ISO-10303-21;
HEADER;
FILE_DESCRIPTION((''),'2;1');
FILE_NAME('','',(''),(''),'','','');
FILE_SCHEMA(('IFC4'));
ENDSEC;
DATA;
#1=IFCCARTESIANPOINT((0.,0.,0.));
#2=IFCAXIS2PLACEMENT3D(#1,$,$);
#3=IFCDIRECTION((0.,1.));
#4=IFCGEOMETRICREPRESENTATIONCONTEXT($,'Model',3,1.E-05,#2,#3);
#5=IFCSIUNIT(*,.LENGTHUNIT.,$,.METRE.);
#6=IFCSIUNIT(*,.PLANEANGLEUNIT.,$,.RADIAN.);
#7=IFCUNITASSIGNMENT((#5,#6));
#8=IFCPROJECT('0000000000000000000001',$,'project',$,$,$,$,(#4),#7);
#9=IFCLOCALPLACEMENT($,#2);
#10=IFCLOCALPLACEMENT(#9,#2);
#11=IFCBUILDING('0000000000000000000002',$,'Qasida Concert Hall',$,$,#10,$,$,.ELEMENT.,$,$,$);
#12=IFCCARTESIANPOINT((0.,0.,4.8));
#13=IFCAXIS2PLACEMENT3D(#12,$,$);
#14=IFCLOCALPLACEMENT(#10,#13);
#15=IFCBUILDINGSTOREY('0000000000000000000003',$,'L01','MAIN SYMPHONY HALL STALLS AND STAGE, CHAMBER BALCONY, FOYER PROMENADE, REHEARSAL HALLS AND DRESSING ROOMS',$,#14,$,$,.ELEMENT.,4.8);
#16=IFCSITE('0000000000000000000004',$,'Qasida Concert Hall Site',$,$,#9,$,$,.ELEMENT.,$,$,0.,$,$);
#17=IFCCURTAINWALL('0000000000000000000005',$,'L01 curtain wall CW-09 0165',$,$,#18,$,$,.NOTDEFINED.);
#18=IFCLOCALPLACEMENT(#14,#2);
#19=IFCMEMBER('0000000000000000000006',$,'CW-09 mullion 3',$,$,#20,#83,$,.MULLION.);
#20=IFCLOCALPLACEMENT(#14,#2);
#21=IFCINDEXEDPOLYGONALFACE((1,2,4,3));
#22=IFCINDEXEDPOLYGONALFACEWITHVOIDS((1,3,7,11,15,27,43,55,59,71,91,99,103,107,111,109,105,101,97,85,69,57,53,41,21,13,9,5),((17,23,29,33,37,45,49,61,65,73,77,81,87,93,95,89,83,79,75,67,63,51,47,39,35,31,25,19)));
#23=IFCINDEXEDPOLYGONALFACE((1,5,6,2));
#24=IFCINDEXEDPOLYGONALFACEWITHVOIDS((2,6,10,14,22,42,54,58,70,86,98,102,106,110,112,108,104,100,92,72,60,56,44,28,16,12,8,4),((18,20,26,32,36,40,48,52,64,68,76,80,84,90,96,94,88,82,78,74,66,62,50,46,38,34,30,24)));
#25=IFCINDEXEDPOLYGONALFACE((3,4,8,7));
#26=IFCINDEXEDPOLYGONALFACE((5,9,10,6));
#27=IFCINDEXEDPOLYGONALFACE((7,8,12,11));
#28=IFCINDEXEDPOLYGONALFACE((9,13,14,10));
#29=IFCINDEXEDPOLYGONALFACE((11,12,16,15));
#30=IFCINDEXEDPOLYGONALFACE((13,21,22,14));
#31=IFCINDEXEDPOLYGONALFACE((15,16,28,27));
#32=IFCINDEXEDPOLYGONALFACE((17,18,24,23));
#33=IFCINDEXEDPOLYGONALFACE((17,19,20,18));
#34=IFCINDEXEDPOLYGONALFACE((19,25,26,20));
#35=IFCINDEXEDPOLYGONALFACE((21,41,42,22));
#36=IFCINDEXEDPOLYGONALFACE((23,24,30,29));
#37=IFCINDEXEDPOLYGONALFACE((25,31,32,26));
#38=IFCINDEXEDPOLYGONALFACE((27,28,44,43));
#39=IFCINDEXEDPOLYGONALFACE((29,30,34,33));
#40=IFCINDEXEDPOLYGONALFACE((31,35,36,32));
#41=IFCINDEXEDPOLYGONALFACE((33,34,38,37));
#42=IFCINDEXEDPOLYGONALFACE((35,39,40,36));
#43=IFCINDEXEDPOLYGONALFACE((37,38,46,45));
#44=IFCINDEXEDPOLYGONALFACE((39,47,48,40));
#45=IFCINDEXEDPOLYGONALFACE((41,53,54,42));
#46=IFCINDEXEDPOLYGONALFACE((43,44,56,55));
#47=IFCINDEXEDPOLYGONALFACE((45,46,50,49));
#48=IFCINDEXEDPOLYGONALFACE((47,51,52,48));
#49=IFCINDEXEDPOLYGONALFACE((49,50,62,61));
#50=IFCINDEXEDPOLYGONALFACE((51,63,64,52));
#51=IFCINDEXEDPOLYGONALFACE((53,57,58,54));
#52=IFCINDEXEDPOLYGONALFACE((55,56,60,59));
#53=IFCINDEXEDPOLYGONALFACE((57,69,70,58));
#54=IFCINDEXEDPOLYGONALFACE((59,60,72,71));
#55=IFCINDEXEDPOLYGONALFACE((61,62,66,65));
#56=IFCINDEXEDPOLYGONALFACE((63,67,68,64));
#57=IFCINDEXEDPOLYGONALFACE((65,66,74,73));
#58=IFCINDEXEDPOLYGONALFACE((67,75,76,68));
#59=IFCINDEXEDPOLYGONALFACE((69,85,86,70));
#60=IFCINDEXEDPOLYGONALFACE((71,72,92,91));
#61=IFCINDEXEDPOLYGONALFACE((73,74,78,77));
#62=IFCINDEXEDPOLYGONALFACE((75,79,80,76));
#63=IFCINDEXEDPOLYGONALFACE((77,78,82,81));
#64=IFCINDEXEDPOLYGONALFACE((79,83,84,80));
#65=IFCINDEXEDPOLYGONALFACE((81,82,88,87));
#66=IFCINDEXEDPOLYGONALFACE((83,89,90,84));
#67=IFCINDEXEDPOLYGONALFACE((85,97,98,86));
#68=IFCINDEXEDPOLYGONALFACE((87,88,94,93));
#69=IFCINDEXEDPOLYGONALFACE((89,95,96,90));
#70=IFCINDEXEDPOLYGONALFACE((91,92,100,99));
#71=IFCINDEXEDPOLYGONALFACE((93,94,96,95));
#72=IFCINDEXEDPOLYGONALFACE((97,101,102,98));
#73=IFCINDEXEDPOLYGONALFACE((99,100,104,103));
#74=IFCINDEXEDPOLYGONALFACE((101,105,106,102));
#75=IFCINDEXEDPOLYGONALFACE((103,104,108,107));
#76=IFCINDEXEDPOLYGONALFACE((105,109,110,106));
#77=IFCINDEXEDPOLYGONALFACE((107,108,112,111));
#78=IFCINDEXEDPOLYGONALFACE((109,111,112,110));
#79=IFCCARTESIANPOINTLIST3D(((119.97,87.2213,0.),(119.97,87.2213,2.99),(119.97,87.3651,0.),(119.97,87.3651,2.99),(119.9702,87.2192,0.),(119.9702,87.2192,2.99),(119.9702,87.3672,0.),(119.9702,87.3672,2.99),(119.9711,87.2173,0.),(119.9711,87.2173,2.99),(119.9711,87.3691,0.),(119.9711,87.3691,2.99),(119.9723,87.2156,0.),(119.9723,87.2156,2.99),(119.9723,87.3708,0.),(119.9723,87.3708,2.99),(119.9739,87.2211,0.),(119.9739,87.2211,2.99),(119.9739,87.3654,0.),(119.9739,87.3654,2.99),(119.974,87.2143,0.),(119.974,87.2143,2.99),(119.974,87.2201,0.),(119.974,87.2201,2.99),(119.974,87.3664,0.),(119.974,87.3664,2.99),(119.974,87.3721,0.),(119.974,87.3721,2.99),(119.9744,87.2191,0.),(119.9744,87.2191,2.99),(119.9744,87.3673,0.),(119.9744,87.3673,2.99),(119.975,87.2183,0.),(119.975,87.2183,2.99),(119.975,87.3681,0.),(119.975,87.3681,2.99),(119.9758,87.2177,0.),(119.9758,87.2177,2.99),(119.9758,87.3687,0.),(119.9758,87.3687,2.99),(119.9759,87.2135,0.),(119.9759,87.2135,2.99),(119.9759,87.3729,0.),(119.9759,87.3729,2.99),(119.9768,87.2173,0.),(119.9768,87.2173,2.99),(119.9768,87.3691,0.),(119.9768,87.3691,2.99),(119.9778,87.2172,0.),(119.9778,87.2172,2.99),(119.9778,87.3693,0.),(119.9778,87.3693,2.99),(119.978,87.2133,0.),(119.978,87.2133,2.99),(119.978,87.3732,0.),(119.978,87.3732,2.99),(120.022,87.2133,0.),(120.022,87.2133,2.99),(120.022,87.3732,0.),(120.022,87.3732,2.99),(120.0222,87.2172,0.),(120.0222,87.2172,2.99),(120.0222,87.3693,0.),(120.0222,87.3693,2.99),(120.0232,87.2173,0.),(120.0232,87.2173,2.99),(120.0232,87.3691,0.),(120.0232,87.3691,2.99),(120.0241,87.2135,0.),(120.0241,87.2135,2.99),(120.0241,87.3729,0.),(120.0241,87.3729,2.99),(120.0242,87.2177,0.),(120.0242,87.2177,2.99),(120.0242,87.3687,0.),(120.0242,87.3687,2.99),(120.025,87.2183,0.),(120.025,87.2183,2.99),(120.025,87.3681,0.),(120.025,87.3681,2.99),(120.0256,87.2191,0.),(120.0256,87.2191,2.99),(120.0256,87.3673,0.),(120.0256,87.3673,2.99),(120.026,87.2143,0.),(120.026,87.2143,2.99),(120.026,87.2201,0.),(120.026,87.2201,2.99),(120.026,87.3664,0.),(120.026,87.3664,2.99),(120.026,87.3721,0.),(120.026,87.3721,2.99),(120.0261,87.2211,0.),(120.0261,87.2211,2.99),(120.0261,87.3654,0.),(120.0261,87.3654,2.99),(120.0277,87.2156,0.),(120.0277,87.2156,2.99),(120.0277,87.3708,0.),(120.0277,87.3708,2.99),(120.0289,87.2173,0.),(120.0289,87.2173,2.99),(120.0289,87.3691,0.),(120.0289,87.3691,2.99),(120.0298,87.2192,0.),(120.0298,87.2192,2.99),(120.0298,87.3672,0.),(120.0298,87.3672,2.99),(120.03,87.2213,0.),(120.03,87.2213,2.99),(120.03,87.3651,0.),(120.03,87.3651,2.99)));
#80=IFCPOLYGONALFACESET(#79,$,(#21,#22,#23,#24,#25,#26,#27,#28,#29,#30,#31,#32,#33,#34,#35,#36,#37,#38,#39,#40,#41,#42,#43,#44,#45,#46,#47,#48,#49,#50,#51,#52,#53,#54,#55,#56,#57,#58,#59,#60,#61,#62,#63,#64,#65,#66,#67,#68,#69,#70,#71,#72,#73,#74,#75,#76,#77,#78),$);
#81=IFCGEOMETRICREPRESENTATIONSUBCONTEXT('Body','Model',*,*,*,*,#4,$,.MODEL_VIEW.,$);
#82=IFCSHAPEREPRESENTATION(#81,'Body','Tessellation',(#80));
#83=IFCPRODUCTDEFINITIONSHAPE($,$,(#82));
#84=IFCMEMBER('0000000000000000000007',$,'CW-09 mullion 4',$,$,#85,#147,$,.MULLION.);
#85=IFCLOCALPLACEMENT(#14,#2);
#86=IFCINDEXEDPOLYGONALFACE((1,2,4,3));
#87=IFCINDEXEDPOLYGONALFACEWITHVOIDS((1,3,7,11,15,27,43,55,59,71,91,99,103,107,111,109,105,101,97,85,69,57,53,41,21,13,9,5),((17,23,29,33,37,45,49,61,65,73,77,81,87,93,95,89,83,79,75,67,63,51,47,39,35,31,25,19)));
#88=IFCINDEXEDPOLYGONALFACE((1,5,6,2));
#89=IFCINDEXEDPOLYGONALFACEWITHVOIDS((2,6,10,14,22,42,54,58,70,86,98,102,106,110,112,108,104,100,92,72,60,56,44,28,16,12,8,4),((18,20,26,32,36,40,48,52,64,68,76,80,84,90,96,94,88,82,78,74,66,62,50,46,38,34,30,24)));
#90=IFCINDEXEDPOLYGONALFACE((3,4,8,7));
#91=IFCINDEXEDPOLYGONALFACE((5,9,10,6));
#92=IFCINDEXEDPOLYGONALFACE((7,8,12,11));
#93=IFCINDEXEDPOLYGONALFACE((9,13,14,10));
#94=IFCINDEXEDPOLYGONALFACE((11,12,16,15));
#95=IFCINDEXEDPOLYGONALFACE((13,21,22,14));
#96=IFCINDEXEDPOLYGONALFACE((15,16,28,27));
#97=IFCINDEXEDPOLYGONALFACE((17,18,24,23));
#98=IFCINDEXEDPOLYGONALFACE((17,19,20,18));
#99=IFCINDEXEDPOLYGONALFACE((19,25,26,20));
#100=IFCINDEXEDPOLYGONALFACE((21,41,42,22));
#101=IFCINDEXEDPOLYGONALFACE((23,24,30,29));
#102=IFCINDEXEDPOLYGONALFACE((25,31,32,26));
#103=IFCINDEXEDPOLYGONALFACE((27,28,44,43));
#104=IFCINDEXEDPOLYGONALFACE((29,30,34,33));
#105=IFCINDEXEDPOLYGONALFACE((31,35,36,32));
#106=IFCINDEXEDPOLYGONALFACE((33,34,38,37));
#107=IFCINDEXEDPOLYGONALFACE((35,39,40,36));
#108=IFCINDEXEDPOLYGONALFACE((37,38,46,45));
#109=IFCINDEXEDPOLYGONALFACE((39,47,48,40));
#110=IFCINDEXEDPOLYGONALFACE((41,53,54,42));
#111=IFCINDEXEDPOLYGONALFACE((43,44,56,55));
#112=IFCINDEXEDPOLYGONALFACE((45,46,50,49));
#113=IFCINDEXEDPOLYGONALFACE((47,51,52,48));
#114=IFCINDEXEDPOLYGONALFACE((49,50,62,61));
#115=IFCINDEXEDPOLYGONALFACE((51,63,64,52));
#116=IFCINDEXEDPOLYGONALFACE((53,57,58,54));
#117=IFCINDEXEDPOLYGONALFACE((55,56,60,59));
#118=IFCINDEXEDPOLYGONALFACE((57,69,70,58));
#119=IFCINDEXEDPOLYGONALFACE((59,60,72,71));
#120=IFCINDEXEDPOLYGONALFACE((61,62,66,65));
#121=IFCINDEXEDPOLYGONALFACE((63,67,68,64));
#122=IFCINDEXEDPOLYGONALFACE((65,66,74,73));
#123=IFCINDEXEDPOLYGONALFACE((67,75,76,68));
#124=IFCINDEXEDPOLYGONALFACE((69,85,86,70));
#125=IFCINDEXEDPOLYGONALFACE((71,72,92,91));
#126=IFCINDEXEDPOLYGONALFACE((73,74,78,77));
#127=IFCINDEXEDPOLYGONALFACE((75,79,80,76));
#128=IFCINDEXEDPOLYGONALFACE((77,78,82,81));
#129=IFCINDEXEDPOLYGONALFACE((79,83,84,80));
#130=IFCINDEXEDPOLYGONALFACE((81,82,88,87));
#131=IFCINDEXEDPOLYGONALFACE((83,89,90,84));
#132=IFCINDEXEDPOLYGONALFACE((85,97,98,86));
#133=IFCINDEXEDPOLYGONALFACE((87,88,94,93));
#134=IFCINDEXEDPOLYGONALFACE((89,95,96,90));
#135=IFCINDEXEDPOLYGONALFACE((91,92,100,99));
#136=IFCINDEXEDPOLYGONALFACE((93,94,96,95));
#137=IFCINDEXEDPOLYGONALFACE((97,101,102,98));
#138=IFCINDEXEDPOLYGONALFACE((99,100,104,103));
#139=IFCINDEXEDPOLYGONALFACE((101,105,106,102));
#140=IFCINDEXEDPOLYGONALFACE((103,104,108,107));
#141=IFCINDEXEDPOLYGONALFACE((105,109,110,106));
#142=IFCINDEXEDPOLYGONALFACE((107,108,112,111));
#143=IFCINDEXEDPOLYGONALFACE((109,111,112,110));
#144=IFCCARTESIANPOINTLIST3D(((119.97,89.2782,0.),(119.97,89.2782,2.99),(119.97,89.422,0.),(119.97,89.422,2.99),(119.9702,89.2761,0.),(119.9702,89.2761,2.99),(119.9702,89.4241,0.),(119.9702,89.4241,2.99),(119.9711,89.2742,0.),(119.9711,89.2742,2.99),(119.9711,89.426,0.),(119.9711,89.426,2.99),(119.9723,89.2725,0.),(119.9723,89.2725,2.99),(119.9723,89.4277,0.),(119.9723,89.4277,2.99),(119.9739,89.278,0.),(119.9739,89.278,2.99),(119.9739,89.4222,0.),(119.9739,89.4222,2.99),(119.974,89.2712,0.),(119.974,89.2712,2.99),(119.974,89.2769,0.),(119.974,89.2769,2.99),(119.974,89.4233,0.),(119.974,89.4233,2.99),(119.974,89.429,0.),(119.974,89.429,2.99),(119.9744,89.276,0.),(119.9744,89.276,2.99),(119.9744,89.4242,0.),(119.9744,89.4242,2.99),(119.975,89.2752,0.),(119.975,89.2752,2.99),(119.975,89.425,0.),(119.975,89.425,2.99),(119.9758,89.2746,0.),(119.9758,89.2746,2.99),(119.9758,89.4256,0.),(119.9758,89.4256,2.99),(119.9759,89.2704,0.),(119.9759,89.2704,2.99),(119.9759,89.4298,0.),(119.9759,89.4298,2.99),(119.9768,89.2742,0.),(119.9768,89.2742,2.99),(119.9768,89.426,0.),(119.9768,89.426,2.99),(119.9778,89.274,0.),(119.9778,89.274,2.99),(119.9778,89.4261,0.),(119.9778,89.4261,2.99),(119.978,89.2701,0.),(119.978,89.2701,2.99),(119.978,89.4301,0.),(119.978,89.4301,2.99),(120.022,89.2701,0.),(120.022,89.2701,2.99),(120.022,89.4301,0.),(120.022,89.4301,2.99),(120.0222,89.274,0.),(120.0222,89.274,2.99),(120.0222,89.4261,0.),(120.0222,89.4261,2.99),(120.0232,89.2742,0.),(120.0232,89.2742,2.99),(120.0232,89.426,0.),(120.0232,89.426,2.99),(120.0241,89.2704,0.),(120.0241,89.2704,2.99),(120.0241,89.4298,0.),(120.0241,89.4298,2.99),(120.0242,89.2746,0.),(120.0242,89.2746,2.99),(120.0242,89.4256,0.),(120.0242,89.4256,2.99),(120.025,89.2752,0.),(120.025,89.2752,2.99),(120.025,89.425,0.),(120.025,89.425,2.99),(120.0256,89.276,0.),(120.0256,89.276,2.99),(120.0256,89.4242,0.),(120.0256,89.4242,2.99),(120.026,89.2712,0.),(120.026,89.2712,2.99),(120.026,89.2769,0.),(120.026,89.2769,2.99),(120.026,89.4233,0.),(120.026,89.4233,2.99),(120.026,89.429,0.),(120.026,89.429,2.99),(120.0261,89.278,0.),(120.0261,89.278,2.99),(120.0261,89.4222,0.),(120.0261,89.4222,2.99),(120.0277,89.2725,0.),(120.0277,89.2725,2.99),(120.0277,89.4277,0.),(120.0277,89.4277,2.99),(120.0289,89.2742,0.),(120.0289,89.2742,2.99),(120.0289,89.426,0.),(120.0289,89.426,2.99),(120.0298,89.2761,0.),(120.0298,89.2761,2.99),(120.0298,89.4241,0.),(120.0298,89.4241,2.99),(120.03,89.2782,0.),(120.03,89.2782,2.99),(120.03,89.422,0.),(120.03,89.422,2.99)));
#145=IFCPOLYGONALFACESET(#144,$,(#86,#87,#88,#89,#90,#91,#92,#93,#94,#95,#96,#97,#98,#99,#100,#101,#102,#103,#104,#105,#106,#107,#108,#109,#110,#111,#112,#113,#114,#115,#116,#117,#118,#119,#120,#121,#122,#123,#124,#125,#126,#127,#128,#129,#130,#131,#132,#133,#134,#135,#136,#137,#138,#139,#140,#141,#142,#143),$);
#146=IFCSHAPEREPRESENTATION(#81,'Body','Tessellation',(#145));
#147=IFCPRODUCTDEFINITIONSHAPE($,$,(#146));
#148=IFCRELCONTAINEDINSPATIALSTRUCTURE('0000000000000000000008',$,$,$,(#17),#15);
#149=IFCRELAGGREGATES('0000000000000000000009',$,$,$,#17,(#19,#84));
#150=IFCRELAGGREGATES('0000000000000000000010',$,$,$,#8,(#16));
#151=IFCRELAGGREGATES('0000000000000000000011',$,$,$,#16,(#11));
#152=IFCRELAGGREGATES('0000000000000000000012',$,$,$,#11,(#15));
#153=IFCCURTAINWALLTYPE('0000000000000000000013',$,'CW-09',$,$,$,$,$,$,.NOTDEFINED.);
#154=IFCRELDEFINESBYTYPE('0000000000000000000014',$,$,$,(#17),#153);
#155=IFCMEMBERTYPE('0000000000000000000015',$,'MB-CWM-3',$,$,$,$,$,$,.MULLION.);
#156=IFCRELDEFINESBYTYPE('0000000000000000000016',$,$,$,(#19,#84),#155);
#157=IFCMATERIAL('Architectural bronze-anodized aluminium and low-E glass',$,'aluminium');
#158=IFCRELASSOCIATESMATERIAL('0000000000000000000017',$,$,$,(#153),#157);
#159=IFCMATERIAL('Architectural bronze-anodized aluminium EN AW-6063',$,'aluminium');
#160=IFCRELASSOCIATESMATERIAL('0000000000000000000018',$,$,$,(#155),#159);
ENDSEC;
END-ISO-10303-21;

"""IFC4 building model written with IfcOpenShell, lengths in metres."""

from ifc_helpers import new_model, si_unit, direction, frame, origin, origin_2d, place, context, subcontext, project, spatial, hollow_rectangle, extrude, material, material_profile, profile_set, type_object, element, aggregate, save


model = new_model("IFC4")

# Units and contexts
model_context = context("Model", 3, precision=1e-05, world=origin(), true_north=direction((0.0, 1.0)))
body_context = subcontext(model_context, "Body", "Model", "MODEL_VIEW")
ifc_project = project(units=[si_unit("LENGTHUNIT", "METRE"), si_unit("PLANEANGLEUNIT", "RADIAN")], contexts=[model_context])

# Site, building, storey
site_placement = place(None, origin())
site = spatial("IfcSite", under=ifc_project, at=site_placement, Name="Qasida Concert Hall Site", CompositionType="ELEMENT", RefElevation=0.0)
building_placement = place(site_placement, origin())
building = spatial("IfcBuilding", under=site, at=building_placement, Name="Qasida Concert Hall", CompositionType="ELEMENT")
storey_placement = place(building_placement, frame((0.0, 0.0, 4.8)))
storey = spatial("IfcBuildingStorey", under=building, at=storey_placement, Name="L01", Description="MAIN SYMPHONY HALL STALLS AND STAGE, CHAMBER BALCONY, FOYER PROMENADE, REHEARSAL HALLS AND DRESSING ROOMS", CompositionType="ELEMENT", Elevation=4.8)

# Curtain wall, members
ifc_material_1 = material(Name="Architectural bronze-anodized aluminium and low-E glass", Category="aluminium")
curtain_wall_type = type_object("IfcCurtainWallType", Name="CW-09", PredefinedType="NOTDEFINED", material=ifc_material_1)
curtain_wall_1_placement = place(storey_placement, origin())
curtain_wall_1 = element("IfcCurtainWall", 1, at=curtain_wall_1_placement, inside=storey, type_object=curtain_wall_type, Name="L01 curtain wall CW-09 0165", PredefinedType="NOTDEFINED")
ifc_material_2 = material(Name="Architectural bronze-anodized aluminium EN AW-6063", Category="aluminium")
ifc_material_profile_1 = material_profile(ifc_material_2, hollow_rectangle(XDim=0.0601, YDim=0.1599, WallThickness=0.0039, InnerFilletRadius=0.0039, OuterFilletRadius=0.0081, at=origin_2d()), Name="CWM 160x60x4")
ifc_profile_set_1 = profile_set([ifc_material_profile_1], Name="Architectural bronze-anodized aluminium EN AW-6063")
member_type_1 = type_object("IfcMemberType", Name="MB-CWM-3", PredefinedType="MULLION", material=ifc_profile_set_1)
member_1_placement = place(storey_placement, frame((120.0, 87.2932, 0.0), z_axis=(0.0, 0.0, 1.0), x_axis=(-1.0, 0.0, 0.0)))
member_1 = element("IfcMember", 2, at=member_1_placement, type_object=member_type_1, Name="CW-09 mullion 3", PredefinedType="MULLION", context=body_context, shape_type="SweptSolid", body=[
    extrude(hollow_rectangle(XDim=0.0601, YDim=0.1599, WallThickness=0.0039, InnerFilletRadius=0.0039, OuterFilletRadius=0.0081, at=origin_2d()), origin(), (0.0, 0.0, 1.0), 2.99),
])
member_2_placement = place(storey_placement, frame((120.0, 89.3501, 0.0), z_axis=(0.0, 0.0, 1.0), x_axis=(-1.0, 0.0, 0.0)))
member_2 = element("IfcMember", 3, at=member_2_placement, type_object=member_type_1, Name="CW-09 mullion 4", PredefinedType="MULLION", context=body_context, shape_type="SweptSolid", body=[
    extrude(hollow_rectangle(XDim=0.0601, YDim=0.1599, WallThickness=0.0039, InnerFilletRadius=0.0039, OuterFilletRadius=0.0081, at=origin_2d()), origin(), (0.0, 0.0, 1.0), 2.99),
])

aggregate(curtain_wall_1, [member_1, member_2])

save(model, "model.ifc")
